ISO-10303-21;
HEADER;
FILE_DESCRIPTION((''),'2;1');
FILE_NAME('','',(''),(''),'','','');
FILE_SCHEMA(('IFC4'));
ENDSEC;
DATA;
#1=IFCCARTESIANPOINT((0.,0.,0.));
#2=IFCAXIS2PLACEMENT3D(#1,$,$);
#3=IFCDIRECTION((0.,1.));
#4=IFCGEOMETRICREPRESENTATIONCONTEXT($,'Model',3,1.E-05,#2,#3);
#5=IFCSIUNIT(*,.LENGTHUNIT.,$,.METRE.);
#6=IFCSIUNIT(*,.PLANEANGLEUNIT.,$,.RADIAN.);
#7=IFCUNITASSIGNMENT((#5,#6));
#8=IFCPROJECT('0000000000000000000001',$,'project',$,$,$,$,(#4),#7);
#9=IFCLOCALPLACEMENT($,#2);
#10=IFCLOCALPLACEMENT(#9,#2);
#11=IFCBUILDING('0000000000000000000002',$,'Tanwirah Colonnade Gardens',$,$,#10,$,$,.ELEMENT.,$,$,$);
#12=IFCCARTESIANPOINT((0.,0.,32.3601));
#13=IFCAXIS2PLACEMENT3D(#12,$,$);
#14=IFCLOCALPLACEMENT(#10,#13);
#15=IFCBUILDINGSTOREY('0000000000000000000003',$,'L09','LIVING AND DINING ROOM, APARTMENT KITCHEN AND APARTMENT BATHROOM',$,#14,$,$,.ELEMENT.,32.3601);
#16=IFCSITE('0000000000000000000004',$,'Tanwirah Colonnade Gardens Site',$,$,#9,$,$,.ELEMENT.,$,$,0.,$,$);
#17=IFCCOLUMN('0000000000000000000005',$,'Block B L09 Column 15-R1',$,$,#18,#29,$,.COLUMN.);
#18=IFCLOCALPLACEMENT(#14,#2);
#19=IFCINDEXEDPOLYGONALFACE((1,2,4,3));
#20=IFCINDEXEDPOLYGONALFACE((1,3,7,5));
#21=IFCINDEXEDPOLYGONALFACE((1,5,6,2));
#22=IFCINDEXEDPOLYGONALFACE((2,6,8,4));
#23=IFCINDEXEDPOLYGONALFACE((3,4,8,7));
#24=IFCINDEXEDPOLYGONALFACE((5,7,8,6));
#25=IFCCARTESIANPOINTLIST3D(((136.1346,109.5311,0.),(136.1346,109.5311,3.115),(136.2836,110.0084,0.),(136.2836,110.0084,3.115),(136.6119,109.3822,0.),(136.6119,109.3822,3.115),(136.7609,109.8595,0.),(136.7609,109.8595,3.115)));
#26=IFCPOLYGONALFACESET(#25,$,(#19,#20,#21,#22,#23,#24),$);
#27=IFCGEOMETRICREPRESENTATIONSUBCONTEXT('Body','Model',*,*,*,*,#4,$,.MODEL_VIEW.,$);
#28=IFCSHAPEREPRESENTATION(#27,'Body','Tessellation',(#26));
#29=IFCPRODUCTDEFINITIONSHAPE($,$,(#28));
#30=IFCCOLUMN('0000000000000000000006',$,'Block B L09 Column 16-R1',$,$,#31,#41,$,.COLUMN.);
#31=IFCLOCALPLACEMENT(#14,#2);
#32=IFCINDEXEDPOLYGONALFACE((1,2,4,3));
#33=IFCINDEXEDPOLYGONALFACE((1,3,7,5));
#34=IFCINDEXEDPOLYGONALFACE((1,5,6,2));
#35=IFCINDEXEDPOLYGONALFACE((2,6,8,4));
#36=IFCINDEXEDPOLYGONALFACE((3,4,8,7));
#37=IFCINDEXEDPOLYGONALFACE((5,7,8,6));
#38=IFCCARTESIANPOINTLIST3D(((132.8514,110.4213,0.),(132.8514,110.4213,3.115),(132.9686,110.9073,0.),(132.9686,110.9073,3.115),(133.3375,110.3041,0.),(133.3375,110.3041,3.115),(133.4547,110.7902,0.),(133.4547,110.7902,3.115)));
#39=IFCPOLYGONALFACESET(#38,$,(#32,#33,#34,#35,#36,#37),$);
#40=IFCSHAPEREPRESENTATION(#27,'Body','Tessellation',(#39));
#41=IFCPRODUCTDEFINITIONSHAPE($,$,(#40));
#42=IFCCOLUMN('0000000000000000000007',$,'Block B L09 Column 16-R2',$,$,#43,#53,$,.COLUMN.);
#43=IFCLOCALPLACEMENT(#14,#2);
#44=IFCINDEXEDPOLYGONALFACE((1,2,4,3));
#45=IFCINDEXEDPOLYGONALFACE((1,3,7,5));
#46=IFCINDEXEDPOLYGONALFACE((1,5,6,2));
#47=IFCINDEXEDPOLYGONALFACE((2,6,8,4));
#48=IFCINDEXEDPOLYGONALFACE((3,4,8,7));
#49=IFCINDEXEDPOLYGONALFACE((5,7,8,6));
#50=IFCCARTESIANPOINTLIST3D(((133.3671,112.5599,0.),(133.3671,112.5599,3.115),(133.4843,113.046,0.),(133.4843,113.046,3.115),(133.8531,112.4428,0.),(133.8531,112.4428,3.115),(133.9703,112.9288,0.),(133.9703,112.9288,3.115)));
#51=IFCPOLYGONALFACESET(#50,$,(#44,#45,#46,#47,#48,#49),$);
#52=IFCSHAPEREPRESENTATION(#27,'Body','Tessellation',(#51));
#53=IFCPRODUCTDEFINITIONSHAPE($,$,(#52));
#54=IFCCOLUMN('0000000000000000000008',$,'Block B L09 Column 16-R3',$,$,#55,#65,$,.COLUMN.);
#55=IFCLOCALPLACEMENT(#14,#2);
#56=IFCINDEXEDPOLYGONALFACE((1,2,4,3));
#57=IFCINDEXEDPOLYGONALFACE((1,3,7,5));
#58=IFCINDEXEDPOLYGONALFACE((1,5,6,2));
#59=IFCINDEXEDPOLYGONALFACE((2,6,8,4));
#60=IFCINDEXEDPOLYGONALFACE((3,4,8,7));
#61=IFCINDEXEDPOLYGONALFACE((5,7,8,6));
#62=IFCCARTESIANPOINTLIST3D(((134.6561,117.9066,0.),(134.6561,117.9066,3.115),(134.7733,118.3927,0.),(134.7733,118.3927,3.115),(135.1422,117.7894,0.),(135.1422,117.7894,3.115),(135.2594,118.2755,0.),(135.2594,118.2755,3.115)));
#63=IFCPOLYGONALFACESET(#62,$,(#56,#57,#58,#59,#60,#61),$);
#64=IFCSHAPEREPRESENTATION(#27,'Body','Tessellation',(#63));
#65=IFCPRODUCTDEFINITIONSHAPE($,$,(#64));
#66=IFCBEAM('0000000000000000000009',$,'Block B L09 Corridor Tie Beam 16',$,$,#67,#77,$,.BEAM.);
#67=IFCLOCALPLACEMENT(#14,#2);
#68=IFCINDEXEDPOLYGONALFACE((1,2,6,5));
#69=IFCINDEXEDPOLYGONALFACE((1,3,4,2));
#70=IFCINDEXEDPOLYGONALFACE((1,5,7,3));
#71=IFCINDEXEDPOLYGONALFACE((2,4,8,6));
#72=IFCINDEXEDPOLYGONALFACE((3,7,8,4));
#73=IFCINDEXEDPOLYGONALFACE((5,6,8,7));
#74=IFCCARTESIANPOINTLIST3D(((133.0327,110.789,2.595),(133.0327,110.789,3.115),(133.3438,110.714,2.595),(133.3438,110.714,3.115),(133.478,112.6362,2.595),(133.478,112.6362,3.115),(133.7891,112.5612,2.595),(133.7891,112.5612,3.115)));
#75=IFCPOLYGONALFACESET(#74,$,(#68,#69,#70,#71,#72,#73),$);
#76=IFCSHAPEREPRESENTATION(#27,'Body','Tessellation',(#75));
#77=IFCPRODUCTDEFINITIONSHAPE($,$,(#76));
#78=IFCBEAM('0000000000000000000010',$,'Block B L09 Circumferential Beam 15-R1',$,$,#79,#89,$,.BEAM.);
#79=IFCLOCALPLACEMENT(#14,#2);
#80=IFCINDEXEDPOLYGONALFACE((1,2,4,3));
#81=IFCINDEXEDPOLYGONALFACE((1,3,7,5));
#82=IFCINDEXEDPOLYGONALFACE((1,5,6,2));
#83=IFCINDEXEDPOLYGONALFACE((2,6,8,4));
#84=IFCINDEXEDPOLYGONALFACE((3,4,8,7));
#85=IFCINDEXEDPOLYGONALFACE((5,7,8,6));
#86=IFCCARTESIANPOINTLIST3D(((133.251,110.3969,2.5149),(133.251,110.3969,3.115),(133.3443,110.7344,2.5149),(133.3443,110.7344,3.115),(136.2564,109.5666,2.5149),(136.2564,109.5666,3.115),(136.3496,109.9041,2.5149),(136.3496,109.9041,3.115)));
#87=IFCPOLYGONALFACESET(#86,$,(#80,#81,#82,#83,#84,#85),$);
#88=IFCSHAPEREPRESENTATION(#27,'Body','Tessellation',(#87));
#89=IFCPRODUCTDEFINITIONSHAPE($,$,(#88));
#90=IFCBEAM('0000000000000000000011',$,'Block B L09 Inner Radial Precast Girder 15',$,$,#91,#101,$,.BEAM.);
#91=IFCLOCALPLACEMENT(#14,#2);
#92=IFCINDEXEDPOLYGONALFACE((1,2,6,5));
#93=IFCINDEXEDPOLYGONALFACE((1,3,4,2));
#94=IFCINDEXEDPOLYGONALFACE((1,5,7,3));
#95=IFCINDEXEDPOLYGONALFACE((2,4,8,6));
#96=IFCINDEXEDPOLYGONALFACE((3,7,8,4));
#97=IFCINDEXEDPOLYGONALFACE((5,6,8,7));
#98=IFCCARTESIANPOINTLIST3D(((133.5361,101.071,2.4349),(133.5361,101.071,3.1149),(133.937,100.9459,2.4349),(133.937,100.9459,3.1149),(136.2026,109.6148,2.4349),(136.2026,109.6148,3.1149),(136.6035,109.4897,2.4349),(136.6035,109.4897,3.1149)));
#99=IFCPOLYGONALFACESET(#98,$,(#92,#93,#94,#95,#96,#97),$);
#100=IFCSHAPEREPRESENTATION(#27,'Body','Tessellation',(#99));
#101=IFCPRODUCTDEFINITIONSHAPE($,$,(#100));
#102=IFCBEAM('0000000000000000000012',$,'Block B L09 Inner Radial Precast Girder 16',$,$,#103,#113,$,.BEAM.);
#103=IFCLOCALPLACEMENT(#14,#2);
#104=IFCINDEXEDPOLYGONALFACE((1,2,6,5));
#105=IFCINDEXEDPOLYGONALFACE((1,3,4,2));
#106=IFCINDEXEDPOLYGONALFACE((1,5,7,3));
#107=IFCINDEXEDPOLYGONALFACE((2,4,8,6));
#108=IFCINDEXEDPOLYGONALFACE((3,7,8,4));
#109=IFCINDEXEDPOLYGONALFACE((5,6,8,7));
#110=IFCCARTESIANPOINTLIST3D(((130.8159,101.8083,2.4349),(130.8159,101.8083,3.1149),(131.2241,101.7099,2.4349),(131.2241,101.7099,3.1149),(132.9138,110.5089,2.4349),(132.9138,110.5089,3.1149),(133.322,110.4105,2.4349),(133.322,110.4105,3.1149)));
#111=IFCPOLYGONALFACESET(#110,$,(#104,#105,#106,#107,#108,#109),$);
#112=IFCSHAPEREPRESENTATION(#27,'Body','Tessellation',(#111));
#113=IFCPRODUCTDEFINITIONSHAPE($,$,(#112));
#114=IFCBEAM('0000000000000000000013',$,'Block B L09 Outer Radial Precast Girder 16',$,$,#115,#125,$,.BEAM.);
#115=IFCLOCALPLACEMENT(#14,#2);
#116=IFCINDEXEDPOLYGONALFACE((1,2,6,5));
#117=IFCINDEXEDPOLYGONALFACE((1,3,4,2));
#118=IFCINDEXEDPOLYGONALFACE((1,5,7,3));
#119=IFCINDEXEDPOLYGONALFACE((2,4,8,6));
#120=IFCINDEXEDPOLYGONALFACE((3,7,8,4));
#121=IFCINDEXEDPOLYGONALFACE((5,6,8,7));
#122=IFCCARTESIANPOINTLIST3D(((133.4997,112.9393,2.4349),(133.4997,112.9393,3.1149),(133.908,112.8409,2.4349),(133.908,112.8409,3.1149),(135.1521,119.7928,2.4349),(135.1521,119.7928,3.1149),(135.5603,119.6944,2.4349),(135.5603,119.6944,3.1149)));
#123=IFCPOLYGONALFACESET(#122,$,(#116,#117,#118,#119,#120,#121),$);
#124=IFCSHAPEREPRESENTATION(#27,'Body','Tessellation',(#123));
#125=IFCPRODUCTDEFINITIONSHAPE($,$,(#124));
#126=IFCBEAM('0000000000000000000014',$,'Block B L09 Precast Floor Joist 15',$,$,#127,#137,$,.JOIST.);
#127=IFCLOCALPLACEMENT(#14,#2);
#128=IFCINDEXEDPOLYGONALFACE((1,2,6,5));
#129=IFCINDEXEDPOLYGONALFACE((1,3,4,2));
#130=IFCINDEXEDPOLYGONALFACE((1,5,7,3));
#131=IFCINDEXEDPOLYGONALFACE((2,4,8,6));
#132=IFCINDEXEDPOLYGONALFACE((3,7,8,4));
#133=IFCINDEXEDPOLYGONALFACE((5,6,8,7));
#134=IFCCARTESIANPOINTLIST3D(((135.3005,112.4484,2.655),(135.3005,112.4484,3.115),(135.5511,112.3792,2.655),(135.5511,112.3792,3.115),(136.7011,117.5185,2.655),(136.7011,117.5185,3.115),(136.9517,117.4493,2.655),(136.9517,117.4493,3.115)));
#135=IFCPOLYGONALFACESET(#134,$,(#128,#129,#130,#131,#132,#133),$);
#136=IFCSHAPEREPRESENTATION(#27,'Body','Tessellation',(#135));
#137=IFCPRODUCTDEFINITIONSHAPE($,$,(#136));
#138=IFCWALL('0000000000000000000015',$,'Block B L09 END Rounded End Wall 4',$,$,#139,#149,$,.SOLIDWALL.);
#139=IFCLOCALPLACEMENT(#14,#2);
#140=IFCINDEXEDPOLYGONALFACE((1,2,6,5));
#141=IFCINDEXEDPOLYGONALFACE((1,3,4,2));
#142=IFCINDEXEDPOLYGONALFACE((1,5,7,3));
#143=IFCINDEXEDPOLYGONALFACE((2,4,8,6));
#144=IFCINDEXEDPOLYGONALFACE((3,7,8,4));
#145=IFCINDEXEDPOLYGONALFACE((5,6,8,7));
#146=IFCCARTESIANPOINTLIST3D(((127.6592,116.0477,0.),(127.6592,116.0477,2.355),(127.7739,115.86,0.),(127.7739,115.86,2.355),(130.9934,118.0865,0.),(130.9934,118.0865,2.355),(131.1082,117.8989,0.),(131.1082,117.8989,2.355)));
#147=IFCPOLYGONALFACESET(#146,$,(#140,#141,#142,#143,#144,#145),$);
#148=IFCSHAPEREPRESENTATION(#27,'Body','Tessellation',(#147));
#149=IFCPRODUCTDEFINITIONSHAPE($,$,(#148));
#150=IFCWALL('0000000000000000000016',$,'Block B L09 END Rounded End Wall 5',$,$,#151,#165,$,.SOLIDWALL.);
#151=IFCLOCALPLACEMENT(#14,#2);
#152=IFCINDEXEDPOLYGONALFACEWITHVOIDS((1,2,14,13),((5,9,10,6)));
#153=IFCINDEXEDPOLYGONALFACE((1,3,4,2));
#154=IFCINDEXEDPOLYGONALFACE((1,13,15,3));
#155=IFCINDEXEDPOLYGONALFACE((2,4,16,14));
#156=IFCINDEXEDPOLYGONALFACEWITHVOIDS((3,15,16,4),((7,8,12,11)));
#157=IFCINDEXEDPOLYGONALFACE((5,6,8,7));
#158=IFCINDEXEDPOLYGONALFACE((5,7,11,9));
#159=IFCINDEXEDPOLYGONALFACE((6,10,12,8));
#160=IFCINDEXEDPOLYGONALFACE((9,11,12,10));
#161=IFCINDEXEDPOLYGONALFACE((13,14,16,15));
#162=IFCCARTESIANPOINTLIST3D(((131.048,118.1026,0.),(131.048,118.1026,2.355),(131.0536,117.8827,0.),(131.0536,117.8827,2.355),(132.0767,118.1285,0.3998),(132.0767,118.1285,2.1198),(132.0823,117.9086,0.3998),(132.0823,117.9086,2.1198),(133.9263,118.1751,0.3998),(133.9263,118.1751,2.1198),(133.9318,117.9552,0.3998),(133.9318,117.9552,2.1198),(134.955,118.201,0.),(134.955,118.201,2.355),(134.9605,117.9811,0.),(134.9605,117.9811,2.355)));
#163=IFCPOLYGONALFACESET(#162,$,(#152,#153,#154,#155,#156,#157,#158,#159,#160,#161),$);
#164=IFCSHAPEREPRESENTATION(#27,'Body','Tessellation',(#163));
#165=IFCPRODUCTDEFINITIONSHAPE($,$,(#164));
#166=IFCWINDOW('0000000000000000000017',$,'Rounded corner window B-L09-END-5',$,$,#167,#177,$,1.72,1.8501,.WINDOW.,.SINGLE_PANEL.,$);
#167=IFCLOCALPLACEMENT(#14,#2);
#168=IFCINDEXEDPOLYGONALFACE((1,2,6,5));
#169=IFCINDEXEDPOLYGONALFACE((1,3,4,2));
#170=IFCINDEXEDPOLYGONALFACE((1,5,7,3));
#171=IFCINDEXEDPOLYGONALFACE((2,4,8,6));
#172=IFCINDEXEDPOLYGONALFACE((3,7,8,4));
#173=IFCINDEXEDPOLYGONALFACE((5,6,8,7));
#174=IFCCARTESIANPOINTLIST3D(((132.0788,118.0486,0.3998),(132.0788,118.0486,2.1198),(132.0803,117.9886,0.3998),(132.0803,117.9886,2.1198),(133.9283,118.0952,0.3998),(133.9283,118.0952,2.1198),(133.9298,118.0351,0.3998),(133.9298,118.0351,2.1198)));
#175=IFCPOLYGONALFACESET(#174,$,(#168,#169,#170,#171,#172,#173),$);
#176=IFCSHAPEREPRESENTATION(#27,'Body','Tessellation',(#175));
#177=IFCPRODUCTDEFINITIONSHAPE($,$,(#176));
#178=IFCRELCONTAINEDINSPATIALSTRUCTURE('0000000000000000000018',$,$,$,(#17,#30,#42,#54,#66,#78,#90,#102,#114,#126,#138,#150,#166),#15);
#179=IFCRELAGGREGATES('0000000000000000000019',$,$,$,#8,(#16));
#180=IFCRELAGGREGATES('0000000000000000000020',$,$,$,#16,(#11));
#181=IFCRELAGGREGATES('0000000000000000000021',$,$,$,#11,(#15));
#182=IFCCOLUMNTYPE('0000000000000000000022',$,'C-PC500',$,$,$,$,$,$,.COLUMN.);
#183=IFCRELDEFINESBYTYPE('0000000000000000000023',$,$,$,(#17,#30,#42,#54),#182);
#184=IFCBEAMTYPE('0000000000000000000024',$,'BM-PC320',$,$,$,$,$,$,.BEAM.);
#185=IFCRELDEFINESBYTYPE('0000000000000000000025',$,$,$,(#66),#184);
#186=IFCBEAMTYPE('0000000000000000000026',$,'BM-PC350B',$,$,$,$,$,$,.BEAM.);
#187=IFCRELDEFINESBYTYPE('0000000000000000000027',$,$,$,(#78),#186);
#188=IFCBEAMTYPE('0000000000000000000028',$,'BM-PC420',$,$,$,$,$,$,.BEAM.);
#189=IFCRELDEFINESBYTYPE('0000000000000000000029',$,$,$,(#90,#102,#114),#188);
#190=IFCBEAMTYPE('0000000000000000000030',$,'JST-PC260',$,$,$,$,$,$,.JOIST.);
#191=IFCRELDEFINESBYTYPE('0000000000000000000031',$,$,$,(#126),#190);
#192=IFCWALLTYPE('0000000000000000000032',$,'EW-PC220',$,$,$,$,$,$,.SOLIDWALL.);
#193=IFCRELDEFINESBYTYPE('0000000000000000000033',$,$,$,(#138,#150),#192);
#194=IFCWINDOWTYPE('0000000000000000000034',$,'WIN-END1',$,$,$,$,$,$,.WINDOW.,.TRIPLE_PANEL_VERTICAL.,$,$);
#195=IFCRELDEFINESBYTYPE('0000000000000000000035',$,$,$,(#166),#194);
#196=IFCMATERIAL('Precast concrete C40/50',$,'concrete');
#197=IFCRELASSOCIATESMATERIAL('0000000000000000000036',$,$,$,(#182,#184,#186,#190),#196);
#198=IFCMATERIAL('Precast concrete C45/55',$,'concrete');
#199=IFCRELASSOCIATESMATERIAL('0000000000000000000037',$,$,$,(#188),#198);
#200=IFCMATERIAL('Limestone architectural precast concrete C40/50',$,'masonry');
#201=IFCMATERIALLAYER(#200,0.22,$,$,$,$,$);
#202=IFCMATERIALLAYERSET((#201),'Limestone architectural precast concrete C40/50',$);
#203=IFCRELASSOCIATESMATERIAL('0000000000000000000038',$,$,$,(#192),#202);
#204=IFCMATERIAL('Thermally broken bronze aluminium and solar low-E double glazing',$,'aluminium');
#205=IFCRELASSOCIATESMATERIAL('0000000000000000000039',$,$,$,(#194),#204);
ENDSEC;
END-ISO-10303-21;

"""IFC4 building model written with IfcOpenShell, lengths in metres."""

from ifc_helpers import new_model, si_unit, direction, frame, frame_2d, origin, origin_2d, place, context, subcontext, project, spatial, rectangle, extrude, material, layer, layer_set, material_profile, profile_set, type_object, element, fill, save


model = new_model("IFC4")

# Units and contexts
model_context = context("Model", 3, precision=1e-05, world=origin(), true_north=direction((0.0, 1.0)))
body_context = subcontext(model_context, "Body", "Model", "MODEL_VIEW")
ifc_project = project(units=[si_unit("LENGTHUNIT", "METRE"), si_unit("PLANEANGLEUNIT", "RADIAN")], contexts=[model_context])

# Site, building, storey
site_placement = place(None, origin())
site = spatial("IfcSite", under=ifc_project, at=site_placement, Name="Tanwirah Colonnade Gardens Site", CompositionType="ELEMENT", RefElevation=0.0)
building_placement = place(site_placement, origin())
building = spatial("IfcBuilding", under=site, at=building_placement, Name="Tanwirah Colonnade Gardens", CompositionType="ELEMENT")
storey_placement = place(building_placement, frame((0.0, 0.0, 32.3601)))
storey = spatial("IfcBuildingStorey", under=building, at=storey_placement, Name="L09", Description="LIVING AND DINING ROOM, APARTMENT KITCHEN AND APARTMENT BATHROOM", CompositionType="ELEMENT", Elevation=32.3601)

# Columns
ifc_material_1 = material(Name="Precast concrete C40/50", Category="concrete")
ifc_material_profile_1 = material_profile(ifc_material_1, rectangle(XDim=0.5, YDim=0.5, at=origin_2d()), Name="PC-COL 500x500")
ifc_profile_set_1 = profile_set([ifc_material_profile_1], Name="Precast concrete C40/50")
column_type = type_object("IfcColumnType", Name="C-PC500", PredefinedType="COLUMN", material=ifc_profile_set_1)
for number, where, z_axis, x_axis, name in (
    (1, (136.4478, 109.6953, 0.0), (0.0, 0.0, 1.0), (0.29793, 0.954588, 0.0), "Block B L09 Column 15-R1"),
    (2, (133.1531, 110.6057, 0.0), (0.0, 0.0, 1.0), (0.234388, 0.972143, 0.0), "Block B L09 Column 16-R1"),
    (3, (133.6687, 112.7444, 0.0), (0.0, 0.0, 1.0), (0.234388, 0.972143, 0.0), "Block B L09 Column 16-R2"),
    (4, (134.9578, 118.0911, 0.0), (0.0, 0.0, 1.0), (0.234388, 0.972143, 0.0), "Block B L09 Column 16-R3"),
):
    element("IfcColumn", number, at=place(storey_placement, frame(where, z_axis=z_axis, x_axis=x_axis)), inside=storey, type_object=column_type, Name=name, PredefinedType="COLUMN", context=body_context, shape_type="SweptSolid", body=[
        extrude(rectangle(XDim=0.5, YDim=0.5, at=origin_2d()), origin(), (0.0, 0.0, 1.0), 3.115),
    ])

# Beams
ifc_material_profile_2 = material_profile(ifc_material_1, rectangle(XDim=0.3201, YDim=0.52, at=origin_2d()), Name="PC-BM 320x520")
ifc_profile_set_2 = profile_set([ifc_material_profile_2], Name="Precast concrete C40/50")
beam_type_1 = type_object("IfcBeamType", Name="BM-PC320", PredefinedType="BEAM", material=ifc_profile_set_2)
beam_1_placement = place(storey_placement, frame((133.1882, 110.7515, 2.855), z_axis=(0.234364, 0.972149, 0.0), x_axis=(-0.972149, 0.234364, 0.0)))
element("IfcBeam", 5, at=beam_1_placement, inside=storey, type_object=beam_type_1, Name="Block B L09 Corridor Tie Beam 16", PredefinedType="BEAM", context=body_context, shape_type="SweptSolid", body=[
    extrude(rectangle(XDim=0.3201, YDim=0.52, at=origin_2d()), origin(), (0.0, 0.0, 1.0), 1.9001),
])
ifc_material_profile_3 = material_profile(ifc_material_1, rectangle(XDim=0.3501, YDim=0.6001, at=origin_2d()), Name="PC-BM 350x600")
ifc_profile_set_3 = profile_set([ifc_material_profile_3], Name="Precast concrete C40/50")
beam_type_2 = type_object("IfcBeamType", Name="BM-PC350B", PredefinedType="BEAM", material=ifc_profile_set_3)
beam_2_placement = place(storey_placement, frame((136.303, 109.7354, 2.8149), z_axis=(-0.963889, 0.266303, 0.0), x_axis=(-0.266303, -0.963889, 0.0)))
element("IfcBeam", 6, at=beam_2_placement, inside=storey, type_object=beam_type_2, Name="Block B L09 Circumferential Beam 15-R1", PredefinedType="BEAM", context=body_context, shape_type="SweptSolid", body=[
    extrude(rectangle(XDim=0.3501, YDim=0.6001, at=origin_2d()), origin(), (0.0, 0.0, 1.0), 3.1179),
])
ifc_material_2 = material(Name="Precast concrete C45/55", Category="concrete")
ifc_material_profile_4 = material_profile(ifc_material_2, rectangle(XDim=0.4199, YDim=0.6799, at=origin_2d()), Name="PC-BM 420x680")
ifc_profile_set_4 = profile_set([ifc_material_profile_4], Name="Precast concrete C45/55")
beam_type_3 = type_object("IfcBeamType", Name="BM-PC420", PredefinedType="BEAM", material=ifc_profile_set_4)
beam_3_placement = place(storey_placement, frame((136.4031, 109.5522, 2.7749), z_axis=(-0.297929, -0.954588, 0.0), x_axis=(0.954588, -0.297929, 0.0)))
element("IfcBeam", 7, at=beam_3_placement, inside=storey, type_object=beam_type_3, Name="Block B L09 Inner Radial Precast Girder 15", PredefinedType="BEAM", context=body_context, shape_type="SweptSolid", body=[
    extrude(rectangle(XDim=0.4199, YDim=0.6799, at=origin_2d()), origin(), (0.0, 0.0, 1.0), 8.9502),
])
beam_4_placement = place(storey_placement, frame((133.1179, 110.4597, 2.7749), z_axis=(-0.234401, -0.97214, 0.0), x_axis=(0.97214, -0.234401, 0.0)))
element("IfcBeam", 8, at=beam_4_placement, inside=storey, type_object=beam_type_3, Name="Block B L09 Inner Radial Precast Girder 16", PredefinedType="BEAM", context=body_context, shape_type="SweptSolid", body=[
    extrude(rectangle(XDim=0.4199, YDim=0.6799, at=origin_2d()), origin(), (0.0, 0.0, 1.0), 8.95),
])
beam_5_placement = place(storey_placement, frame((133.7039, 112.8901, 2.7749), z_axis=(0.234379, 0.972145, 0.0), x_axis=(-0.972145, 0.234379, 0.0)))
element("IfcBeam", 9, at=beam_5_placement, inside=storey, type_object=beam_type_3, Name="Block B L09 Outer Radial Precast Girder 16", PredefinedType="BEAM", context=body_context, shape_type="SweptSolid", body=[
    extrude(rectangle(XDim=0.4199, YDim=0.6799, at=origin_2d()), origin(), (0.0, 0.0, 1.0), 7.0498),
])
ifc_material_profile_5 = material_profile(ifc_material_1, rectangle(XDim=0.26, YDim=0.46, at=origin_2d()), Name="PC-JST 260x460")
ifc_profile_set_5 = profile_set([ifc_material_profile_5], Name="Precast concrete C40/50")
beam_type_4 = type_object("IfcBeamType", Name="JST-PC260", PredefinedType="JOIST", material=ifc_profile_set_5)
beam_6_placement = place(storey_placement, frame((135.4258, 112.4138, 2.885), z_axis=(0.266281, 0.963895, 0.0), x_axis=(-0.963895, 0.266281, 0.0)))
element("IfcBeam", 10, at=beam_6_placement, inside=storey, type_object=beam_type_4, Name="Block B L09 Precast Floor Joist 15", PredefinedType="JOIST", context=body_context, shape_type="SweptSolid", body=[
    extrude(rectangle(XDim=0.26, YDim=0.46, at=origin_2d()), origin(), (0.0, 0.0, 1.0), 5.26),
])

# Wall
ifc_material_3 = material(Name="Limestone architectural precast concrete C40/50", Category="masonry")
ifc_layer_1 = layer(ifc_material_3, 0.22)
ifc_layer_set_1 = layer_set([ifc_layer_1], Name="Limestone architectural precast concrete C40/50")
wall_type_1 = type_object("IfcWallType", Name="EW-PC220", PredefinedType="SOLIDWALL", material=ifc_layer_set_1)
wall_1_placement = place(storey_placement, frame((127.7166, 115.9539, 0.0), z_axis=(0.0, 0.0, 1.0), x_axis=(0.853141, 0.52168, 0.0)))
element("IfcWall", 11, at=wall_1_placement, inside=storey, type_object=wall_type_1, Name="Block B L09 END Rounded End Wall 4", PredefinedType="SOLIDWALL", context=body_context, shape_type="SweptSolid", body=[
    extrude(rectangle(XDim=3.9082, YDim=0.22, at=frame_2d((1.9541, 0.0))), origin(), (0.0, 0.0, 1.0), 2.355),
])

# Wall, opening, window
wall_2_placement = place(storey_placement, frame((131.0508, 117.9927, 0.0), z_axis=(0.0, 0.0, 1.0), x_axis=(0.999683, 0.025175, 0.0)))
wall_2 = element("IfcWall", 12, at=wall_2_placement, inside=storey, type_object=wall_type_1, Name="Block B L09 END Rounded End Wall 5", PredefinedType="SOLIDWALL", context=body_context, shape_type="SweptSolid", body=[
    extrude(rectangle(XDim=3.9082, YDim=0.22, at=frame_2d((1.9541, 0.0))), origin(), (0.0, 0.0, 1.0), 2.355),
])
opening_1_placement = place(wall_2_placement, frame((1.0291, 0.0, 0.3999)))
opening_1 = element("IfcOpeningElement", 13, at=opening_1_placement, cuts=wall_2, PredefinedType="OPENING", context=body_context, shape_type="SweptSolid", body=[
    extrude(rectangle(XDim=1.8501, YDim=1.72, at=frame_2d((0.925, 0.8599))), frame((0.0, 0.1199, 0.0), z_axis=(0.0, -1.0, 0.0), x_axis=(1.0, 0.0, 0.0)), (0.0, 0.0, 1.0), 0.24),
])
ifc_material_4 = material(Name="Thermally broken bronze aluminium and solar low-E double glazing", Category="aluminium")
window_type = type_object("IfcWindowType", Name="WIN-END1", PartitioningType="TRIPLE_PANEL_VERTICAL", PredefinedType="WINDOW", material=ifc_material_4)
window_placement = place(opening_1_placement, origin())
window = element("IfcWindow", 14, at=window_placement, inside=storey, type_object=window_type, Name="Rounded corner window B-L09-END-5", OverallHeight=1.72, OverallWidth=1.8501, PartitioningType="SINGLE_PANEL", PredefinedType="WINDOW", context=body_context, shape_type="SweptSolid", body=[
    extrude(rectangle(XDim=1.8501, YDim=1.72, at=frame_2d((0.925, 0.8599))), frame((0.0, 0.03, 0.0), z_axis=(0.0, -1.0, 0.0), x_axis=(1.0, 0.0, 0.0)), (0.0, 0.0, 1.0), 0.0601),
])
fill(opening_1, window)

save(model, "model.ifc")
